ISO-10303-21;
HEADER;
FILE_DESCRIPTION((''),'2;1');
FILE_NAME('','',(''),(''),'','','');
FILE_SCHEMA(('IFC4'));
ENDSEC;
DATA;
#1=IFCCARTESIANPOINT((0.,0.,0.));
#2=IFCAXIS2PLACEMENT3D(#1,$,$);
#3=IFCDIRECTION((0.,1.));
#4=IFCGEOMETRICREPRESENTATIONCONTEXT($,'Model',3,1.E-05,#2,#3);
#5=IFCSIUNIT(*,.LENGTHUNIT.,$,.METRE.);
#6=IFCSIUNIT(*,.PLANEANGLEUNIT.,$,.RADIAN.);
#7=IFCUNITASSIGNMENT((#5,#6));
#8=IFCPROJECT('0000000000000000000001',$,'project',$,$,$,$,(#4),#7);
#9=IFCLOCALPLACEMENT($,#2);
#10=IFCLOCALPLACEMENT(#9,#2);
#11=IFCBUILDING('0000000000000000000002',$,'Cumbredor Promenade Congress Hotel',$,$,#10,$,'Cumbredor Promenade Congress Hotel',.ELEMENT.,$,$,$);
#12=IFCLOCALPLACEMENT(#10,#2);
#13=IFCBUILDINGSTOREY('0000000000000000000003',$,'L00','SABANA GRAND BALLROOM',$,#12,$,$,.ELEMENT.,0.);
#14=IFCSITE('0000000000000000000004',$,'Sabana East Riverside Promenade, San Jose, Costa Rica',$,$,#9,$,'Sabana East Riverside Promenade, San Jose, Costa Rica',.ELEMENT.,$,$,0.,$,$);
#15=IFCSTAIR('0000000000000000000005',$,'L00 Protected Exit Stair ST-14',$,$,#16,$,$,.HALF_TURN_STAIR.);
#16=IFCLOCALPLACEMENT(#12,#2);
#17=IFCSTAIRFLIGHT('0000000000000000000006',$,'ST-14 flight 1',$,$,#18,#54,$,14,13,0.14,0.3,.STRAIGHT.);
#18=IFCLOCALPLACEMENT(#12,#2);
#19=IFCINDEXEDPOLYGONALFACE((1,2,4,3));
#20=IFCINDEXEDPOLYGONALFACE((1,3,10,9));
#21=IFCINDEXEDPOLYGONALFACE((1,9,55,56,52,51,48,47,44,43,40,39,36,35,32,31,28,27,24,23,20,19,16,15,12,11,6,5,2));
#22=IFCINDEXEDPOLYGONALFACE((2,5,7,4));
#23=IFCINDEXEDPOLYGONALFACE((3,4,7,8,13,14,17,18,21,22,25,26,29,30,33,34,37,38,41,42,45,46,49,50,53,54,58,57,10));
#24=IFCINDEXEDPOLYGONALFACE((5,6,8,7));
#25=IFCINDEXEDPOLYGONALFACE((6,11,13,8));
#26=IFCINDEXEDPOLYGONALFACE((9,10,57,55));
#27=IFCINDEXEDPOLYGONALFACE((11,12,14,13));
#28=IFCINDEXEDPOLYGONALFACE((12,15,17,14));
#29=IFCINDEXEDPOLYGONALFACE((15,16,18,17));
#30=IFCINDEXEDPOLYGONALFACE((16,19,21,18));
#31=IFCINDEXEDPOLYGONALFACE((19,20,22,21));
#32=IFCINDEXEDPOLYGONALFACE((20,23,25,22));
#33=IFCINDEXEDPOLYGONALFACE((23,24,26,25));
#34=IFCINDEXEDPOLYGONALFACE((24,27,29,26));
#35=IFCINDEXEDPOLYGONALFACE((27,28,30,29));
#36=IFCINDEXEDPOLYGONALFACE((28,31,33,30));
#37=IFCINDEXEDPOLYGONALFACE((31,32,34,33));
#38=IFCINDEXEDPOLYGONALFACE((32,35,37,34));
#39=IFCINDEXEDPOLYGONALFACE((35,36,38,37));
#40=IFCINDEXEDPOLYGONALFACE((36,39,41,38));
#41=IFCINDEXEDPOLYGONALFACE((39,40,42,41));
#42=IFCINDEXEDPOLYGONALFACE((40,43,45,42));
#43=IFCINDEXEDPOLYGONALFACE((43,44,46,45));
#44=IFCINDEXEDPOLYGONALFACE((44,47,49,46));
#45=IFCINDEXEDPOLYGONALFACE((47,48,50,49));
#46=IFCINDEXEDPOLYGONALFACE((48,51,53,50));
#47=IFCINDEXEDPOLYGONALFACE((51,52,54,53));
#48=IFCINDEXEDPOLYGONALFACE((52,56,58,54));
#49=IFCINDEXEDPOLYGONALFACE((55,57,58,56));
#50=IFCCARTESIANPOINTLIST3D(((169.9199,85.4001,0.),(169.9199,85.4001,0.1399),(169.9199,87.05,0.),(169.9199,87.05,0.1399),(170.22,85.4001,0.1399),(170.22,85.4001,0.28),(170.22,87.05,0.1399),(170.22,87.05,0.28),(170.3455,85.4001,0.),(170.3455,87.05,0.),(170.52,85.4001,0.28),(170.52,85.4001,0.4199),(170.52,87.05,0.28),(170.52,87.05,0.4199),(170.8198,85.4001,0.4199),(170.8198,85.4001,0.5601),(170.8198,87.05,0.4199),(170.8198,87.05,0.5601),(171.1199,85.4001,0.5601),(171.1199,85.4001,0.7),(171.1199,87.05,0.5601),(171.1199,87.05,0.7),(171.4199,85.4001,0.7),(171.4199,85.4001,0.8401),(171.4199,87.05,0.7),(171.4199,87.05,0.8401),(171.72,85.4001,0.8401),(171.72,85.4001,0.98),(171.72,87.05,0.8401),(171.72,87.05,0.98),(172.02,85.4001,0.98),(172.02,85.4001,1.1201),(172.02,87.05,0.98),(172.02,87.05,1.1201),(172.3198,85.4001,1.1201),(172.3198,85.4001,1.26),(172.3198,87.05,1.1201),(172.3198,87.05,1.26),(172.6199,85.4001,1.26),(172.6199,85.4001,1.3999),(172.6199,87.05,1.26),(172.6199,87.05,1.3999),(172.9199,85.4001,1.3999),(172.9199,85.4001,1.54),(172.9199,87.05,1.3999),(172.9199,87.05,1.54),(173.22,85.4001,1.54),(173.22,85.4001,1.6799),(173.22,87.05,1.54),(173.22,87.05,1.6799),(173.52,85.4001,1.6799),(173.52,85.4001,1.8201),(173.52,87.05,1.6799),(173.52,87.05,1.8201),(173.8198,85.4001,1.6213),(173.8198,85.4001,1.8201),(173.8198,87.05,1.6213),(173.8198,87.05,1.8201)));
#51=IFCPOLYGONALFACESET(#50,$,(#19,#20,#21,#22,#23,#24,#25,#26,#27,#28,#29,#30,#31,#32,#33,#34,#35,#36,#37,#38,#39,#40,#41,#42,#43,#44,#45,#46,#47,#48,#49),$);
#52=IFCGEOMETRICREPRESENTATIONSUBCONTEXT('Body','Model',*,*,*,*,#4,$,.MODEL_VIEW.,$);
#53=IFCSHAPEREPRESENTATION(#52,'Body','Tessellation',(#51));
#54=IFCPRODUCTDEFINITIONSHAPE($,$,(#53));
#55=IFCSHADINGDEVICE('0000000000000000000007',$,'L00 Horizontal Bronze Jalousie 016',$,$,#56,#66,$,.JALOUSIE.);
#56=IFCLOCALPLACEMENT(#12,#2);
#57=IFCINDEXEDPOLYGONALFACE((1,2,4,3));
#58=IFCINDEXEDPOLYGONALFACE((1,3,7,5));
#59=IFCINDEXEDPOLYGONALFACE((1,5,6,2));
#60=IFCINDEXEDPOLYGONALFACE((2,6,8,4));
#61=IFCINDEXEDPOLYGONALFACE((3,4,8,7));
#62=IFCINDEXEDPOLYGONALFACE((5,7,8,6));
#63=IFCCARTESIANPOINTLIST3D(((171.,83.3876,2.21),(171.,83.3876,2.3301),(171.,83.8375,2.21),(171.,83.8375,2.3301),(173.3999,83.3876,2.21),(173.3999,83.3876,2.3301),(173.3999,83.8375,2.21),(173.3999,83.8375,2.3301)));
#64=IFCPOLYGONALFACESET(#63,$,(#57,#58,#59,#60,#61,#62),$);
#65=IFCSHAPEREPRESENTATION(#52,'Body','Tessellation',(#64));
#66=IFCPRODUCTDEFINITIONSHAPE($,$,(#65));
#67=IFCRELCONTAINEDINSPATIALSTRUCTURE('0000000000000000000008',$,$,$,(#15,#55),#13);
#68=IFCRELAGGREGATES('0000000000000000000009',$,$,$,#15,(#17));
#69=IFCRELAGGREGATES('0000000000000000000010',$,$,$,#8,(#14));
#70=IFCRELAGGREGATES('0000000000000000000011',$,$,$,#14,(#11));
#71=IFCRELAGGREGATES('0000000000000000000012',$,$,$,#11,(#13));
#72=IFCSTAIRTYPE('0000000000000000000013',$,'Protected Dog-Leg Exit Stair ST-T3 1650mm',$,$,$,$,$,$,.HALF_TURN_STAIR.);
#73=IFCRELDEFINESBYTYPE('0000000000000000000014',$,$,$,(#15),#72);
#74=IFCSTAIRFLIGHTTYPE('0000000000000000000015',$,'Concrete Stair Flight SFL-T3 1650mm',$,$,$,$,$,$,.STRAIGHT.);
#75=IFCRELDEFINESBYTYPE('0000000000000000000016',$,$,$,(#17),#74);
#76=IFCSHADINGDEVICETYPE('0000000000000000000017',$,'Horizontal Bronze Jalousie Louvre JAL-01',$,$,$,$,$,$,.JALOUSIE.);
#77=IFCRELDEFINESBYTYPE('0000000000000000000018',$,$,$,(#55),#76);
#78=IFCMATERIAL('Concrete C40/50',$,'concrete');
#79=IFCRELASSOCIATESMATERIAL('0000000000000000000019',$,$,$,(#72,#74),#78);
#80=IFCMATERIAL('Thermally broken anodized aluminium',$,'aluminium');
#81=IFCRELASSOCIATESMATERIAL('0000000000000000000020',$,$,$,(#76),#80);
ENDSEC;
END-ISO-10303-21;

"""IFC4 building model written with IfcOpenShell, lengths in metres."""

from ifc_helpers import new_model, si_unit, direction, frame, origin, origin_2d, place, context, subcontext, project, spatial, polyline, rectangle, outline, extrude, material, type_object, element, aggregate, save


model = new_model("IFC4")

# Units and contexts
model_context = context("Model", 3, precision=1e-05, world=origin(), true_north=direction((0.0, 1.0)))
body_context = subcontext(model_context, "Body", "Model", "MODEL_VIEW")
ifc_project = project(units=[si_unit("LENGTHUNIT", "METRE"), si_unit("PLANEANGLEUNIT", "RADIAN")], contexts=[model_context])

# Site, building, storey
site_placement = place(None, origin())
site = spatial("IfcSite", under=ifc_project, at=site_placement, Name="Sabana East Riverside Promenade, San Jose, Costa Rica", LongName="Sabana East Riverside Promenade, San Jose, Costa Rica", CompositionType="ELEMENT", RefElevation=0.0)
building_placement = place(site_placement, origin())
building = spatial("IfcBuilding", under=site, at=building_placement, Name="Cumbredor Promenade Congress Hotel", LongName="Cumbredor Promenade Congress Hotel", CompositionType="ELEMENT")
storey_placement = place(building_placement, origin())
storey = spatial("IfcBuildingStorey", under=building, at=storey_placement, Name="L00", Description="SABANA GRAND BALLROOM", CompositionType="ELEMENT", Elevation=0.0)

# Shared definitions
ifc_material_1 = material(Name="Concrete C40/50", Category="concrete")

# Shared definitions
ifc_material_2 = material(Name="Thermally broken anodized aluminium", Category="aluminium")

# Stair, stair flight
stair_type = type_object("IfcStairType", Name="Protected Dog-Leg Exit Stair ST-T3 1650mm", PredefinedType="HALF_TURN_STAIR", material=ifc_material_1)
stair_placement = place(storey_placement, origin())
stair = element("IfcStair", 1, at=stair_placement, inside=storey, type_object=stair_type, Name="L00 Protected Exit Stair ST-14", PredefinedType="HALF_TURN_STAIR")
stair_flight_type = type_object("IfcStairFlightType", Name="Concrete Stair Flight SFL-T3 1650mm", PredefinedType="STRAIGHT", material=ifc_material_1)
stair_flight_placement = place(storey_placement, frame((169.9199, 86.2251, 0.0), z_axis=(0.0, 0.0, 1.0), x_axis=(1.0, 0.0, 0.0)))
stair_flight = element("IfcStairFlight", 2, at=stair_flight_placement, type_object=stair_flight_type, Name="ST-14 flight 1", NumberOfRisers=14, NumberOfTreads=13, PredefinedType="STRAIGHT", RiserHeight=0.14, TreadLength=0.3, context=body_context, shape_type="SweptSolid", body=[
    extrude(outline(polyline([(0.0, 0.0), (0.0, 0.1399), (0.3, 0.1399), (0.3, 0.28), (0.6001, 0.28), (0.6001, 0.4199), (0.8999, 0.4199), (0.8999, 0.5601), (1.2, 0.5601), (1.2, 0.7), (1.5, 0.7), (1.5, 0.8401), (1.8, 0.8401), (1.8, 0.98), (2.1001, 0.98), (2.1001, 1.1201), (2.3999, 1.1201), (2.3999, 1.26), (2.7, 1.26), (2.7, 1.3999), (3.0, 1.3999), (3.0, 1.54), (3.3, 1.54), (3.3, 1.6799), (3.6001, 1.6799), (3.6001, 1.8201), (3.8999, 1.8201), (3.8999, 1.96), (3.8999, 1.6213), (0.4255, 0.0), (0.0, 0.0)])), frame((0.0, 0.825, 0.0), z_axis=(0.0, -1.0, 0.0), x_axis=(1.0, 0.0, 0.0)), (0.0, 0.0, 1.0), 1.6499),
])
aggregate(stair, [stair_flight])

# Shading device
shading_device_type = type_object("IfcShadingDeviceType", Name="Horizontal Bronze Jalousie Louvre JAL-01", PredefinedType="JALOUSIE", material=ifc_material_2)
shading_device_placement = place(storey_placement, frame((172.2, 83.6125, 2.21), z_axis=(0.0, 0.0, 1.0), x_axis=(1.0, 0.0, 0.0)))
element("IfcShadingDevice", 3, at=shading_device_placement, inside=storey, type_object=shading_device_type, Name="L00 Horizontal Bronze Jalousie 016", PredefinedType="JALOUSIE", context=body_context, shape_type="SweptSolid", body=[
    extrude(rectangle(XDim=2.3999, YDim=0.45, at=origin_2d()), origin(), (0.0, 0.0, 1.0), 0.1201),
])

save(model, "model.ifc")
